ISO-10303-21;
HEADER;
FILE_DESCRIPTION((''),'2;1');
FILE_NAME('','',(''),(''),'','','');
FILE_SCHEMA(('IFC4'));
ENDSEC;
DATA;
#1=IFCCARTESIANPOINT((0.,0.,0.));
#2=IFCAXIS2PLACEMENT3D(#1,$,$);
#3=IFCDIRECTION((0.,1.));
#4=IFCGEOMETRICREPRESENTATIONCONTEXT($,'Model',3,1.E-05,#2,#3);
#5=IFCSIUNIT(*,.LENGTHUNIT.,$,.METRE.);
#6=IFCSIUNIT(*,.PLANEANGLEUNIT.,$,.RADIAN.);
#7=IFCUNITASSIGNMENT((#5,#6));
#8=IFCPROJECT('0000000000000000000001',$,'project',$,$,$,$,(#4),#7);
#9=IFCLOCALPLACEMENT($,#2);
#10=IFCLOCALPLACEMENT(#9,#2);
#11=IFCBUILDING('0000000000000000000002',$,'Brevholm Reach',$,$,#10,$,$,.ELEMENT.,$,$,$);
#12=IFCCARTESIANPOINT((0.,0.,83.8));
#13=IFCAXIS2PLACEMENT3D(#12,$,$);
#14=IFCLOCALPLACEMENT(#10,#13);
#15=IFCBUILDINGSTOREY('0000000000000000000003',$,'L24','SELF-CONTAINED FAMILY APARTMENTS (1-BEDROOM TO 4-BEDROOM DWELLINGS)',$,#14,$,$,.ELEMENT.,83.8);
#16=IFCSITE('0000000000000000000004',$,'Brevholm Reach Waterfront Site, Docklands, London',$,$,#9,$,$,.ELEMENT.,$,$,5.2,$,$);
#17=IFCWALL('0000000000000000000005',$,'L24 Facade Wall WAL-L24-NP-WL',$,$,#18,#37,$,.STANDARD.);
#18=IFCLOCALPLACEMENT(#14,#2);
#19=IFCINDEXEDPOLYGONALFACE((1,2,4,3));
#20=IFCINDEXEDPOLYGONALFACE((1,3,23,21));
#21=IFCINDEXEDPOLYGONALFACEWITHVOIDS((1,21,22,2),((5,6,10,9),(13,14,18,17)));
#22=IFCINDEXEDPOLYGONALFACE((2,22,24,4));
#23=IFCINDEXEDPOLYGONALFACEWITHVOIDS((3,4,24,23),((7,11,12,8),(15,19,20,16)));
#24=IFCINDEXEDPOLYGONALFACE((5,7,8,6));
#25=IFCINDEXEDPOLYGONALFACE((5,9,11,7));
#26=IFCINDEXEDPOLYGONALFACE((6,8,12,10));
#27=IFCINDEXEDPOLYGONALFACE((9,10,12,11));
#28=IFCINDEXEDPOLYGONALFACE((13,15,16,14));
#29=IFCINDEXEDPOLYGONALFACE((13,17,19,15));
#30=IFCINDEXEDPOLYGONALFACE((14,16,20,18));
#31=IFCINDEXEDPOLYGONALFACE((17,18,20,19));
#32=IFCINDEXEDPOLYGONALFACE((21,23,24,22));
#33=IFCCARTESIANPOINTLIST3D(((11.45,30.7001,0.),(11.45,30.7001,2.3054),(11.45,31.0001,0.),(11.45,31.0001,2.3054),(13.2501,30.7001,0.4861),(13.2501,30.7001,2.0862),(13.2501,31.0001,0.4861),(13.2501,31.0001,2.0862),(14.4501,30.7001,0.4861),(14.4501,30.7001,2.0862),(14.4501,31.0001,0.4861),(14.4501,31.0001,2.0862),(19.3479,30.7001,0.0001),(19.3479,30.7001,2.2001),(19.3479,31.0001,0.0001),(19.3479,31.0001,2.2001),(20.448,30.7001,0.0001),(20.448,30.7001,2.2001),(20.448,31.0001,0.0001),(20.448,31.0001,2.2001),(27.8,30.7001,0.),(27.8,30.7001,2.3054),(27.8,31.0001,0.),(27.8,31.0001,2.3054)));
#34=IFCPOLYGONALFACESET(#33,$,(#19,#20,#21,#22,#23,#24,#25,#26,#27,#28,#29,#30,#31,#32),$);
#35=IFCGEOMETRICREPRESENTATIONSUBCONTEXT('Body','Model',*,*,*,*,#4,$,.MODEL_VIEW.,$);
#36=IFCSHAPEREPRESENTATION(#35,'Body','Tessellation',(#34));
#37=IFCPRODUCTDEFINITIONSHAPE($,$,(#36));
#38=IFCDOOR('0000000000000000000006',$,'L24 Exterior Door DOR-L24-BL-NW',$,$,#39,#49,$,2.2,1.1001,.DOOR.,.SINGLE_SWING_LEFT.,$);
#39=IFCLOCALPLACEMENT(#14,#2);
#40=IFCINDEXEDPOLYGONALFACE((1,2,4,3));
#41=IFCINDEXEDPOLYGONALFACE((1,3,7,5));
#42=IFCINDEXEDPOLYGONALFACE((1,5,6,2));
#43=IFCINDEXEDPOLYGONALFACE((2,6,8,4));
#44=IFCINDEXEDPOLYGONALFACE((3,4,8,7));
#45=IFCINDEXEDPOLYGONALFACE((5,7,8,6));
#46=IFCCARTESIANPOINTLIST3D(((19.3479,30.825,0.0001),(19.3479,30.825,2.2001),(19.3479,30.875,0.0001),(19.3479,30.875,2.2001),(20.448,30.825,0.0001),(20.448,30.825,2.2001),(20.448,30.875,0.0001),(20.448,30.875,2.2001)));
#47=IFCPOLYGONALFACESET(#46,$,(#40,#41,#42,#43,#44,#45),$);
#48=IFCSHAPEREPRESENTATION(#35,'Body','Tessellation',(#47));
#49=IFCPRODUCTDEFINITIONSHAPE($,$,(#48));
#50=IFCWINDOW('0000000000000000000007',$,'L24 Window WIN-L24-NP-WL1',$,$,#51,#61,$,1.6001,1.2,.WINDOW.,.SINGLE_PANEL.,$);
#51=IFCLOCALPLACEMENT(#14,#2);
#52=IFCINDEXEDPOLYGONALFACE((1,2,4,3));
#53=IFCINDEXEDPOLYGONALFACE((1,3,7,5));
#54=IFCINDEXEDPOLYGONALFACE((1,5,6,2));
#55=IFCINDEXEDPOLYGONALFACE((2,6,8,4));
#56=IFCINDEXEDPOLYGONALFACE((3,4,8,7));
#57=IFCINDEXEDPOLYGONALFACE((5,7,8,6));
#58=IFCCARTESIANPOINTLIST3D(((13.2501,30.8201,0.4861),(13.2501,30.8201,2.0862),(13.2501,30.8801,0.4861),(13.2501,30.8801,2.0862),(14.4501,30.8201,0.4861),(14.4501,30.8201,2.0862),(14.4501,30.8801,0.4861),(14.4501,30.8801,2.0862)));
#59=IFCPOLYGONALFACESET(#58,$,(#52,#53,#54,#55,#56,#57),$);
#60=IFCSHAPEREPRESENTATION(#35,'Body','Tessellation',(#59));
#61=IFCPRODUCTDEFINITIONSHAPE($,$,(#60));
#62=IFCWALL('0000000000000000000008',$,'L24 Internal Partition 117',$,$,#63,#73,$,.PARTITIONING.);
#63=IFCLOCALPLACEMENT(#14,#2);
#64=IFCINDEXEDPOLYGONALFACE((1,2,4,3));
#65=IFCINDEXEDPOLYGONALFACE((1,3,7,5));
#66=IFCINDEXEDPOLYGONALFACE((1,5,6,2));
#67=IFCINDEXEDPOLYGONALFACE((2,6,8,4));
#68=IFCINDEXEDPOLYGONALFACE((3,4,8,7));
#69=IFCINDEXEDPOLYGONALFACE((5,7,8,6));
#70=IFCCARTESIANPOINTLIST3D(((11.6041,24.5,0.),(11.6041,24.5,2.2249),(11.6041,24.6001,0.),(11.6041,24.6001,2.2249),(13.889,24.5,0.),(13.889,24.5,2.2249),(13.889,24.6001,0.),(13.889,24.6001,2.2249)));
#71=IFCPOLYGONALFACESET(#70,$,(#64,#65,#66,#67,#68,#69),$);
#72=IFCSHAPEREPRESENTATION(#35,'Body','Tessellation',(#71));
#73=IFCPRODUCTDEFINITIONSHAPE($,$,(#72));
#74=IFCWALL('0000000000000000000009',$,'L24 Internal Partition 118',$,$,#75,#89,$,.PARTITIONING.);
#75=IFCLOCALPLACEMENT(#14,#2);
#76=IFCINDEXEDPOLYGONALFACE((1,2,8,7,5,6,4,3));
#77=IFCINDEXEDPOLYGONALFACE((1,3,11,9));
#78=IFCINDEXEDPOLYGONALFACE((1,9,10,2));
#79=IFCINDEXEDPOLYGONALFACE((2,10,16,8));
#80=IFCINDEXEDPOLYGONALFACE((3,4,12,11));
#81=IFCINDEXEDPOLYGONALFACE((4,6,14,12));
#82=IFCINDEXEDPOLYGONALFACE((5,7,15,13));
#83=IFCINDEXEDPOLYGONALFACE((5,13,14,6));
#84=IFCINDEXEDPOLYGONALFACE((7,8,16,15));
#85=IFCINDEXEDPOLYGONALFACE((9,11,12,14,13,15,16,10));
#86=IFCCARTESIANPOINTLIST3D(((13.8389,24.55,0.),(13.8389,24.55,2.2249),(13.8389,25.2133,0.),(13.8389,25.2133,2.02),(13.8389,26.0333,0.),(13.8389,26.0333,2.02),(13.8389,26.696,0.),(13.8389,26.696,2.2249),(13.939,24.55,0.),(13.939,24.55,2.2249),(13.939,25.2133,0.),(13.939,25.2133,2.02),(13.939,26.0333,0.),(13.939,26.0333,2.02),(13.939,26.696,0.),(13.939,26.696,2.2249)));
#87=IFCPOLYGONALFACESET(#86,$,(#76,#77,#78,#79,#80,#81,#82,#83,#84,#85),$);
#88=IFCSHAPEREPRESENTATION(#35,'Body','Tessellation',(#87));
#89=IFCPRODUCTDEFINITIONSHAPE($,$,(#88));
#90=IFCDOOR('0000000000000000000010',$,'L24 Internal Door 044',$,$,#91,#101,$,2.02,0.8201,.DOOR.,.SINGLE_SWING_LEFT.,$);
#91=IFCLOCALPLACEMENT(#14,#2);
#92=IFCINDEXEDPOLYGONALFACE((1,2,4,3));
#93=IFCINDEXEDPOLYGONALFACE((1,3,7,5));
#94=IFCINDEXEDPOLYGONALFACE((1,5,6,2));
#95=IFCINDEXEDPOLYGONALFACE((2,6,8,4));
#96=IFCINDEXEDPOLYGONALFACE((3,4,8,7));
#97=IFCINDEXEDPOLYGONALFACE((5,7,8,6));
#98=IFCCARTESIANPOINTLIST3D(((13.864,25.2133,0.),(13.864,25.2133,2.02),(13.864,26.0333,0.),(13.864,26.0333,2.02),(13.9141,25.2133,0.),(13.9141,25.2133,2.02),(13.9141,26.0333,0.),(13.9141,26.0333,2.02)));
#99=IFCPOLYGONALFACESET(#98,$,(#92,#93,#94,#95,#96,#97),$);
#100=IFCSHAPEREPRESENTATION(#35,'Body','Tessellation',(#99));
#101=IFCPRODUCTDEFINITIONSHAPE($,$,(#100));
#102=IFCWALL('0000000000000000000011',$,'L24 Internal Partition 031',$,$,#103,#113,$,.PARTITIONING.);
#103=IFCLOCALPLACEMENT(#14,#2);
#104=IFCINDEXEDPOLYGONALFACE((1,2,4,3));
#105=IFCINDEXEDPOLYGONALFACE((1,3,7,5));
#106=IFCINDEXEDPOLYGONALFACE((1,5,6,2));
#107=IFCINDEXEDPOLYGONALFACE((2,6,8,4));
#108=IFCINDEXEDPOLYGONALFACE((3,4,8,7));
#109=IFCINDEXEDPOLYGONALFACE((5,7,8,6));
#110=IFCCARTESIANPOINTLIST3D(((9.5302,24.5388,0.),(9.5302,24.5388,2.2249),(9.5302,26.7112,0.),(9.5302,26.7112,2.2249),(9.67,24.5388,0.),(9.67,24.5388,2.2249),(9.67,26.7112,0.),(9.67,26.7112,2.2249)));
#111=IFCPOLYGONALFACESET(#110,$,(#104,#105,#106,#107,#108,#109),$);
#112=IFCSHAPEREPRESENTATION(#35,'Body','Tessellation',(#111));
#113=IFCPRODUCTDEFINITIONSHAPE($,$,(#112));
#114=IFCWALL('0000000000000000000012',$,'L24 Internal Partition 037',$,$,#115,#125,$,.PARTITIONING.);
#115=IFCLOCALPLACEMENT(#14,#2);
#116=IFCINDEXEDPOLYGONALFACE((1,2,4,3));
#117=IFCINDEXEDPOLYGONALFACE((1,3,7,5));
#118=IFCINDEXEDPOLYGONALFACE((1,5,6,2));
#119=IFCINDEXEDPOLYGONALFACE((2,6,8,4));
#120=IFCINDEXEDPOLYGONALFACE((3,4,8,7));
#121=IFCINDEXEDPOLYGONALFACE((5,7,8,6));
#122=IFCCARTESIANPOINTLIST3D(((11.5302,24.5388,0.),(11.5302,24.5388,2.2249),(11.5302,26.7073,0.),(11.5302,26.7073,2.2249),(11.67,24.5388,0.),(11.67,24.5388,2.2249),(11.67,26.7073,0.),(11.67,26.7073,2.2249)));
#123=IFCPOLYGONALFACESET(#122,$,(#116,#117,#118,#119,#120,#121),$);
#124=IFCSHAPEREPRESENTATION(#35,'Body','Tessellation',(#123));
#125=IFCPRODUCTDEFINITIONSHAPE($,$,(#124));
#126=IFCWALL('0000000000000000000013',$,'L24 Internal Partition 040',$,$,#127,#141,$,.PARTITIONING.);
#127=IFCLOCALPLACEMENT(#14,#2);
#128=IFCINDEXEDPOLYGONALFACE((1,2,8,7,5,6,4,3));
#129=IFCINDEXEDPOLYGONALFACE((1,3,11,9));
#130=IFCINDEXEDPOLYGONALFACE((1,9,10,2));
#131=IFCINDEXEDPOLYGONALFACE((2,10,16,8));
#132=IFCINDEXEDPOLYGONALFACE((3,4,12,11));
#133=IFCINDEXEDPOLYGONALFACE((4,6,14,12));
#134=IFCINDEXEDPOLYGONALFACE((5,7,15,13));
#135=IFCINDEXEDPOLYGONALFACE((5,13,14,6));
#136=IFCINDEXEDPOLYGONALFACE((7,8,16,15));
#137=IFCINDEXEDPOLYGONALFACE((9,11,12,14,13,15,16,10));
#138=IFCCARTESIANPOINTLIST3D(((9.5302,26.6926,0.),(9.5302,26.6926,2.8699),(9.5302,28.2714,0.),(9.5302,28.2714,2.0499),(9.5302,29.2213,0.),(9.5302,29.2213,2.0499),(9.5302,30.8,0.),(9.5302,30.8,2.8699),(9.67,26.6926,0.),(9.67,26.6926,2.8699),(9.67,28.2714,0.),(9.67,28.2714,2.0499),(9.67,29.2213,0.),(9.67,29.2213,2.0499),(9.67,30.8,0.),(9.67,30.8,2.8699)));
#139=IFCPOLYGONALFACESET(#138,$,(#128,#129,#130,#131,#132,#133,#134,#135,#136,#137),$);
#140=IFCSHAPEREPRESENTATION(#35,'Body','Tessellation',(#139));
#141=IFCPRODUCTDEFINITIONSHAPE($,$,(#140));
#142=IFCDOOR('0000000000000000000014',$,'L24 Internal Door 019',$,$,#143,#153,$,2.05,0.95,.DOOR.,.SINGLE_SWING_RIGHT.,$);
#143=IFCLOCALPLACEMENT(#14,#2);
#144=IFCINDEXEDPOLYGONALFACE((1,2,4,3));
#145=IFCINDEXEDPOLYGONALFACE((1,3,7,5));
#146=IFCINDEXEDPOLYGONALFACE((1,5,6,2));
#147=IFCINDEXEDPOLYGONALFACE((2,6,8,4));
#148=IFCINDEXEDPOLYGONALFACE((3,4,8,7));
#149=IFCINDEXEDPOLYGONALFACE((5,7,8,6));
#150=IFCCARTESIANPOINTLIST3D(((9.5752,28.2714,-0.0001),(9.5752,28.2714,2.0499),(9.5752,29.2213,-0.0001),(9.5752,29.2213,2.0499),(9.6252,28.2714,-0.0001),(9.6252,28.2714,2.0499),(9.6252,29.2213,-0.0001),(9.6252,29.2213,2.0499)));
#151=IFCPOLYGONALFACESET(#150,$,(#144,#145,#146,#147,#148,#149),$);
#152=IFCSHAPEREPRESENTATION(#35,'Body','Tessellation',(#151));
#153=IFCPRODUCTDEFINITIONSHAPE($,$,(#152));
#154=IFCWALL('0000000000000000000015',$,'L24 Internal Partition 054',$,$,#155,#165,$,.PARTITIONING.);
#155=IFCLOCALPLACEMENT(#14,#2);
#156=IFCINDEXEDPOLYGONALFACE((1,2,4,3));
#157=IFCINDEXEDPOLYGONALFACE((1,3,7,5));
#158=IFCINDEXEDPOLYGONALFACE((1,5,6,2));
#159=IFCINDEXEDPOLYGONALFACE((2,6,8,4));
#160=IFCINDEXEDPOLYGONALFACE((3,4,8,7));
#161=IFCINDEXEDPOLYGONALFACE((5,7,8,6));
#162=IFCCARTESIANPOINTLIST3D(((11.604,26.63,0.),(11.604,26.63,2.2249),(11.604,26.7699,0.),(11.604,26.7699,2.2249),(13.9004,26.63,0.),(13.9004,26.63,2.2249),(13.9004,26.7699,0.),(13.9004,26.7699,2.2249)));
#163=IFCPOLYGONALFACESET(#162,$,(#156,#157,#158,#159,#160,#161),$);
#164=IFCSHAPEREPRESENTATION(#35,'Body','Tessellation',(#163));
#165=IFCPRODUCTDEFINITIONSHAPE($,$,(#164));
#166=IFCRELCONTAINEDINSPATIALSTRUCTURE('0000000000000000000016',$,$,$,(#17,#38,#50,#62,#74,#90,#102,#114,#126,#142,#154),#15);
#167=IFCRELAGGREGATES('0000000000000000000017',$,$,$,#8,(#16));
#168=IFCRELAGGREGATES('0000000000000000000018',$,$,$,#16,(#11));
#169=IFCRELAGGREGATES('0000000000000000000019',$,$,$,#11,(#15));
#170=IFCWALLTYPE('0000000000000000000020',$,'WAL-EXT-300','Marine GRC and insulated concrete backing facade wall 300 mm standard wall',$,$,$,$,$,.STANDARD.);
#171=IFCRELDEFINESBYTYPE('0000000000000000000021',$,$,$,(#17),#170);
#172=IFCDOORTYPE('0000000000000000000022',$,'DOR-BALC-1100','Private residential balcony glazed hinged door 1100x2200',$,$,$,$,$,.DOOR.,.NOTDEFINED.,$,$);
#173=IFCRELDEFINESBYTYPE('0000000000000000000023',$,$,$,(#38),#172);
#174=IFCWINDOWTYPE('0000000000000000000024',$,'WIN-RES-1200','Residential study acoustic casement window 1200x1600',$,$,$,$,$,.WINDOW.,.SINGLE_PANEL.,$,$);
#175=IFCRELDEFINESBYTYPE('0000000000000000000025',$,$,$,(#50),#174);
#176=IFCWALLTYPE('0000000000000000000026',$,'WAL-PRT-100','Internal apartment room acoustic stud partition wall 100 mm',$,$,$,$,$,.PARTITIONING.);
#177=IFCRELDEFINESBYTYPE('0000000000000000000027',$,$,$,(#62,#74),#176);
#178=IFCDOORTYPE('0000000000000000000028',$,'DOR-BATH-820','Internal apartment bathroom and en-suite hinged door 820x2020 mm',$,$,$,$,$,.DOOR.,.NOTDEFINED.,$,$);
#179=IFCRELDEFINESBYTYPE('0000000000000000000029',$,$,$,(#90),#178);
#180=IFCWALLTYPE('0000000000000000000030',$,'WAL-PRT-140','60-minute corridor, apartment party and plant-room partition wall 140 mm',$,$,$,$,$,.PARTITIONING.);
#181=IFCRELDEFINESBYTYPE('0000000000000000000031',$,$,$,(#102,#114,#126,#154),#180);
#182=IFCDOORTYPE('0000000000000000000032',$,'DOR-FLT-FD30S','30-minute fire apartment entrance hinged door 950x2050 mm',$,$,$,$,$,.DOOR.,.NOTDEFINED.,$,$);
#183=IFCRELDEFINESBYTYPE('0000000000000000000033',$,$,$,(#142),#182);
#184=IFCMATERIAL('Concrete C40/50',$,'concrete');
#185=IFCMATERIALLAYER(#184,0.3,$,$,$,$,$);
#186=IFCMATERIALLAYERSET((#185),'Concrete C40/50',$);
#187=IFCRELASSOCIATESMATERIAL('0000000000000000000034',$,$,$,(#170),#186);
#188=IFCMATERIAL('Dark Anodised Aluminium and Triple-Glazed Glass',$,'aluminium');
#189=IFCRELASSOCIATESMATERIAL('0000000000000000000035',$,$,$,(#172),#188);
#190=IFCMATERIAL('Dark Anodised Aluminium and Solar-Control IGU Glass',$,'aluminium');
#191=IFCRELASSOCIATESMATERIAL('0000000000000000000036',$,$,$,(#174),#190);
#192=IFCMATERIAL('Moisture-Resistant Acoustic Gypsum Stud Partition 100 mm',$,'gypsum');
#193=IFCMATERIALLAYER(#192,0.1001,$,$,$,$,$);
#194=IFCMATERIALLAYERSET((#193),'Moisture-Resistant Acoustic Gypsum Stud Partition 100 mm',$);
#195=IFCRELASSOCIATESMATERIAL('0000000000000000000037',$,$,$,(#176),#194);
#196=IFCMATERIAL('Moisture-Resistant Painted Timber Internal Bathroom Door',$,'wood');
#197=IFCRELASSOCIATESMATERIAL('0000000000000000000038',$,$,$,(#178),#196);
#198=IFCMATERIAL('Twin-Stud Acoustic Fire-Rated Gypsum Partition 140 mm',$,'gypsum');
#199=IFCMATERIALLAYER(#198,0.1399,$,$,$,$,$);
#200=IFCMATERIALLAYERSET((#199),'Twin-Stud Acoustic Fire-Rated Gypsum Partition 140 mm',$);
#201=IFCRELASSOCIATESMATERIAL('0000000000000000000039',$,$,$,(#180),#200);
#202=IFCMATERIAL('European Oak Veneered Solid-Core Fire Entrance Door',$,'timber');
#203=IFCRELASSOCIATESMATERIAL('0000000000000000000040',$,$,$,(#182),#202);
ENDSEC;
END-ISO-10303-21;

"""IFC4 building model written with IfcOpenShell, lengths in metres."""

from ifc_helpers import new_model, si_unit, direction, frame, frame_2d, origin, place, context, subcontext, project, spatial, rectangle, extrude, material, layer, layer_set, type_object, element, fill, save


model = new_model("IFC4")

# Units and contexts
model_context = context("Model", 3, precision=1e-05, world=origin(), true_north=direction((0.0, 1.0)))
body_context = subcontext(model_context, "Body", "Model", "MODEL_VIEW")
ifc_project = project(units=[si_unit("LENGTHUNIT", "METRE"), si_unit("PLANEANGLEUNIT", "RADIAN")], contexts=[model_context])

# Site, building, storey
site_placement = place(None, origin())
site = spatial("IfcSite", under=ifc_project, at=site_placement, Name="Brevholm Reach Waterfront Site, Docklands, London", CompositionType="ELEMENT", RefElevation=5.2)
building_placement = place(site_placement, origin())
building = spatial("IfcBuilding", under=site, at=building_placement, Name="Brevholm Reach", CompositionType="ELEMENT")
storey_placement = place(building_placement, frame((0.0, 0.0, 83.8)))
storey = spatial("IfcBuildingStorey", under=building, at=storey_placement, Name="L24", Description="SELF-CONTAINED FAMILY APARTMENTS (1-BEDROOM TO 4-BEDROOM DWELLINGS)", CompositionType="ELEMENT", Elevation=83.8)

# Wall, openings, door, window
ifc_material_1 = material(Name="Concrete C40/50", Category="concrete")
ifc_layer_1 = layer(ifc_material_1, 0.3)
ifc_layer_set_1 = layer_set([ifc_layer_1], Name="Concrete C40/50")
wall_type_1 = type_object("IfcWallType", Name="WAL-EXT-300", Description="Marine GRC and insulated concrete backing facade wall 300 mm standard wall", PredefinedType="STANDARD", material=ifc_layer_set_1)
wall_1_placement = place(storey_placement, frame((11.45, 30.8501, 0.0), z_axis=(0.0, 0.0, 1.0), x_axis=(1.0, 0.0, 0.0)))
wall_1 = element("IfcWall", 1, at=wall_1_placement, inside=storey, type_object=wall_type_1, Name="L24 Facade Wall WAL-L24-NP-WL", PredefinedType="STANDARD", context=body_context, shape_type="SweptSolid", body=[
    extrude(rectangle(XDim=16.3501, YDim=0.3, at=frame_2d((8.175, 0.0))), origin(), (0.0, 0.0, 1.0), 2.3054),
])
opening_1_placement = place(wall_1_placement, frame((7.8979, 0.0, 0.0)))
opening_1 = element("IfcOpeningElement", 2, at=opening_1_placement, cuts=wall_1, PredefinedType="OPENING", context=body_context, shape_type="SweptSolid", body=[
    extrude(rectangle(XDim=1.1001, YDim=2.2, at=frame_2d((0.55, 1.1001))), frame((0.0, 0.1599, 0.0), z_axis=(0.0, -1.0, 0.0), x_axis=(1.0, 0.0, 0.0)), (0.0, 0.0, 1.0), 0.3201),
])
opening_2_placement = place(wall_1_placement, frame((1.8, 0.0, 0.4861)))
opening_2 = element("IfcOpeningElement", 3, at=opening_2_placement, cuts=wall_1, PredefinedType="OPENING", context=body_context, shape_type="SweptSolid", body=[
    extrude(rectangle(XDim=1.2, YDim=1.6001, at=frame_2d((0.6001, 0.8))), frame((0.0, 0.1599, 0.0), z_axis=(0.0, -1.0, 0.0), x_axis=(1.0, 0.0, 0.0)), (0.0, 0.0, 1.0), 0.3201),
])
ifc_material_2 = material(Name="Dark Anodised Aluminium and Triple-Glazed Glass", Category="aluminium")
door_type_1 = type_object("IfcDoorType", Name="DOR-BALC-1100", Description="Private residential balcony glazed hinged door 1100x2200", OperationType="NOTDEFINED", PredefinedType="DOOR", material=ifc_material_2)
door_1_placement = place(opening_1_placement, origin())
door_1 = element("IfcDoor", 4, at=door_1_placement, inside=storey, type_object=door_type_1, Name="L24 Exterior Door DOR-L24-BL-NW", OperationType="SINGLE_SWING_LEFT", OverallHeight=2.2, OverallWidth=1.1001, PredefinedType="DOOR", context=body_context, shape_type="SweptSolid", body=[
    extrude(rectangle(XDim=1.1001, YDim=2.2, at=frame_2d((0.55, 1.1001))), frame((0.0, 0.0249, 0.0), z_axis=(0.0, -1.0, 0.0), x_axis=(1.0, 0.0, 0.0)), (0.0, 0.0, 1.0), 0.05),
])
fill(opening_1, door_1)
ifc_material_3 = material(Name="Dark Anodised Aluminium and Solar-Control IGU Glass", Category="aluminium")
window_type = type_object("IfcWindowType", Name="WIN-RES-1200", Description="Residential study acoustic casement window 1200x1600", PartitioningType="SINGLE_PANEL", PredefinedType="WINDOW", material=ifc_material_3)
window_placement = place(opening_2_placement, origin())
window = element("IfcWindow", 5, at=window_placement, inside=storey, type_object=window_type, Name="L24 Window WIN-L24-NP-WL1", OverallHeight=1.6001, OverallWidth=1.2, PartitioningType="SINGLE_PANEL", PredefinedType="WINDOW", context=body_context, shape_type="SweptSolid", body=[
    extrude(rectangle(XDim=1.2, YDim=1.6001, at=frame_2d((0.6001, 0.8))), frame((0.0, 0.03, 0.0), z_axis=(0.0, -1.0, 0.0), x_axis=(1.0, 0.0, 0.0)), (0.0, 0.0, 1.0), 0.0601),
])
fill(opening_2, window)

# Wall
ifc_material_4 = material(Name="Moisture-Resistant Acoustic Gypsum Stud Partition 100 mm", Category="gypsum")
ifc_layer_2 = layer(ifc_material_4, 0.1001)
ifc_layer_set_2 = layer_set([ifc_layer_2], Name="Moisture-Resistant Acoustic Gypsum Stud Partition 100 mm")
wall_type_2 = type_object("IfcWallType", Name="WAL-PRT-100", Description="Internal apartment room acoustic stud partition wall 100 mm", PredefinedType="PARTITIONING", material=ifc_layer_set_2)
wall_2_placement = place(storey_placement, frame((11.604, 24.55, 0.0), z_axis=(0.0, 0.0, 1.0), x_axis=(1.0, 0.0, 0.0)))
element("IfcWall", 6, at=wall_2_placement, inside=storey, type_object=wall_type_2, Name="L24 Internal Partition 117", PredefinedType="PARTITIONING", context=body_context, shape_type="SweptSolid", body=[
    extrude(rectangle(XDim=2.2849, YDim=0.1001, at=frame_2d((1.1426, 0.0))), origin(), (0.0, 0.0, 1.0), 2.2249),
])

# Wall, opening, door
wall_3_placement = place(storey_placement, frame((13.8889, 24.55, 0.0), z_axis=(0.0, 0.0, 1.0), x_axis=(0.0, 1.0, 0.0)))
wall_3 = element("IfcWall", 7, at=wall_3_placement, inside=storey, type_object=wall_type_2, Name="L24 Internal Partition 118", PredefinedType="PARTITIONING", context=body_context, shape_type="SweptSolid", body=[
    extrude(rectangle(XDim=2.146, YDim=0.1001, at=frame_2d((1.073, 0.0))), origin(), (0.0, 0.0, 1.0), 2.2249),
])
opening_3_placement = place(wall_3_placement, frame((0.6631, 0.0, 0.0)))
opening_3 = element("IfcOpeningElement", 8, at=opening_3_placement, cuts=wall_3, PredefinedType="OPENING", context=body_context, shape_type="SweptSolid", body=[
    extrude(rectangle(XDim=0.8201, YDim=2.02, at=frame_2d((0.4102, 1.01))), frame((0.0, 0.0601, 0.0), z_axis=(0.0, -1.0, 0.0), x_axis=(1.0, 0.0, 0.0)), (0.0, 0.0, 1.0), 0.1201),
])
ifc_material_5 = material(Name="Moisture-Resistant Painted Timber Internal Bathroom Door", Category="wood")
door_type_2 = type_object("IfcDoorType", Name="DOR-BATH-820", Description="Internal apartment bathroom and en-suite hinged door 820x2020 mm", OperationType="NOTDEFINED", PredefinedType="DOOR", material=ifc_material_5)
door_2_placement = place(opening_3_placement, origin())
door_2 = element("IfcDoor", 9, at=door_2_placement, inside=storey, type_object=door_type_2, Name="L24 Internal Door 044", OperationType="SINGLE_SWING_LEFT", OverallHeight=2.02, OverallWidth=0.8201, PredefinedType="DOOR", context=body_context, shape_type="SweptSolid", body=[
    extrude(rectangle(XDim=0.8201, YDim=2.02, at=frame_2d((0.4102, 1.01))), frame((0.0, 0.0249, 0.0), z_axis=(0.0, -1.0, 0.0), x_axis=(1.0, 0.0, 0.0)), (0.0, 0.0, 1.0), 0.05),
])
fill(opening_3, door_2)

# Walls
ifc_material_6 = material(Name="Twin-Stud Acoustic Fire-Rated Gypsum Partition 140 mm", Category="gypsum")
ifc_layer_3 = layer(ifc_material_6, 0.1399)
ifc_layer_set_3 = layer_set([ifc_layer_3], Name="Twin-Stud Acoustic Fire-Rated Gypsum Partition 140 mm")
wall_type_3 = type_object("IfcWallType", Name="WAL-PRT-140", Description="60-minute corridor, apartment party and plant-room partition wall 140 mm", PredefinedType="PARTITIONING", material=ifc_layer_set_3)
wall_4_placement = place(storey_placement, frame((9.6001, 24.5388, 0.0), z_axis=(0.0, 0.0, 1.0), x_axis=(0.0, 1.0, 0.0)))
element("IfcWall", 10, at=wall_4_placement, inside=storey, type_object=wall_type_3, Name="L24 Internal Partition 031", PredefinedType="PARTITIONING", context=body_context, shape_type="SweptSolid", body=[
    extrude(rectangle(XDim=2.1724, YDim=0.1399, at=frame_2d((1.0862, 0.0))), origin(), (0.0, 0.0, 1.0), 2.2249),
])
wall_5_placement = place(storey_placement, frame((11.6001, 24.5388, 0.0), z_axis=(0.0, 0.0, 1.0), x_axis=(0.0, 1.0, 0.0)))
element("IfcWall", 11, at=wall_5_placement, inside=storey, type_object=wall_type_3, Name="L24 Internal Partition 037", PredefinedType="PARTITIONING", context=body_context, shape_type="SweptSolid", body=[
    extrude(rectangle(XDim=2.1685, YDim=0.1399, at=frame_2d((1.0842, 0.0))), origin(), (0.0, 0.0, 1.0), 2.2249),
])

# Wall, opening, door
wall_6_placement = place(storey_placement, frame((9.6001, 26.6926, 0.0), z_axis=(0.0, 0.0, 1.0), x_axis=(0.0, 1.0, 0.0)))
wall_6 = element("IfcWall", 12, at=wall_6_placement, inside=storey, type_object=wall_type_3, Name="L24 Internal Partition 040", PredefinedType="PARTITIONING", context=body_context, shape_type="SweptSolid", body=[
    extrude(rectangle(XDim=4.1074, YDim=0.1399, at=frame_2d((2.0537, 0.0))), origin(), (0.0, 0.0, 1.0), 2.8699),
])
opening_4_placement = place(wall_6_placement, frame((1.5786, 0.0, 0.0)))
opening_4 = element("IfcOpeningElement", 13, at=opening_4_placement, cuts=wall_6, PredefinedType="OPENING", context=body_context, shape_type="SweptSolid", body=[
    extrude(rectangle(XDim=0.95, YDim=2.05, at=frame_2d((0.4751, 1.0249))), frame((0.0, 0.0798, 0.0), z_axis=(0.0, -1.0, 0.0), x_axis=(1.0, 0.0, 0.0)), (0.0, 0.0, 1.0), 0.1599),
])
ifc_material_7 = material(Name="European Oak Veneered Solid-Core Fire Entrance Door", Category="timber")
door_type_3 = type_object("IfcDoorType", Name="DOR-FLT-FD30S", Description="30-minute fire apartment entrance hinged door 950x2050 mm", OperationType="NOTDEFINED", PredefinedType="DOOR", material=ifc_material_7)
door_3_placement = place(opening_4_placement, origin())
door_3 = element("IfcDoor", 14, at=door_3_placement, inside=storey, type_object=door_type_3, Name="L24 Internal Door 019", OperationType="SINGLE_SWING_RIGHT", OverallHeight=2.05, OverallWidth=0.95, PredefinedType="DOOR", context=body_context, shape_type="SweptSolid", body=[
    extrude(rectangle(XDim=0.95, YDim=2.05, at=frame_2d((0.4751, 1.0249))), frame((0.0, 0.0249, 0.0), z_axis=(0.0, -1.0, 0.0), x_axis=(1.0, 0.0, 0.0)), (0.0, 0.0, 1.0), 0.05),
])
fill(opening_4, door_3)

# Wall
wall_7_placement = place(storey_placement, frame((11.604, 26.7, 0.0), z_axis=(0.0, 0.0, 1.0), x_axis=(1.0, 0.0, 0.0)))
element("IfcWall", 15, at=wall_7_placement, inside=storey, type_object=wall_type_3, Name="L24 Internal Partition 054", PredefinedType="PARTITIONING", context=body_context, shape_type="SweptSolid", body=[
    extrude(rectangle(XDim=2.2964, YDim=0.1399, at=frame_2d((1.1482, 0.0))), origin(), (0.0, 0.0, 1.0), 2.2249),
])

save(model, "model.ifc")
